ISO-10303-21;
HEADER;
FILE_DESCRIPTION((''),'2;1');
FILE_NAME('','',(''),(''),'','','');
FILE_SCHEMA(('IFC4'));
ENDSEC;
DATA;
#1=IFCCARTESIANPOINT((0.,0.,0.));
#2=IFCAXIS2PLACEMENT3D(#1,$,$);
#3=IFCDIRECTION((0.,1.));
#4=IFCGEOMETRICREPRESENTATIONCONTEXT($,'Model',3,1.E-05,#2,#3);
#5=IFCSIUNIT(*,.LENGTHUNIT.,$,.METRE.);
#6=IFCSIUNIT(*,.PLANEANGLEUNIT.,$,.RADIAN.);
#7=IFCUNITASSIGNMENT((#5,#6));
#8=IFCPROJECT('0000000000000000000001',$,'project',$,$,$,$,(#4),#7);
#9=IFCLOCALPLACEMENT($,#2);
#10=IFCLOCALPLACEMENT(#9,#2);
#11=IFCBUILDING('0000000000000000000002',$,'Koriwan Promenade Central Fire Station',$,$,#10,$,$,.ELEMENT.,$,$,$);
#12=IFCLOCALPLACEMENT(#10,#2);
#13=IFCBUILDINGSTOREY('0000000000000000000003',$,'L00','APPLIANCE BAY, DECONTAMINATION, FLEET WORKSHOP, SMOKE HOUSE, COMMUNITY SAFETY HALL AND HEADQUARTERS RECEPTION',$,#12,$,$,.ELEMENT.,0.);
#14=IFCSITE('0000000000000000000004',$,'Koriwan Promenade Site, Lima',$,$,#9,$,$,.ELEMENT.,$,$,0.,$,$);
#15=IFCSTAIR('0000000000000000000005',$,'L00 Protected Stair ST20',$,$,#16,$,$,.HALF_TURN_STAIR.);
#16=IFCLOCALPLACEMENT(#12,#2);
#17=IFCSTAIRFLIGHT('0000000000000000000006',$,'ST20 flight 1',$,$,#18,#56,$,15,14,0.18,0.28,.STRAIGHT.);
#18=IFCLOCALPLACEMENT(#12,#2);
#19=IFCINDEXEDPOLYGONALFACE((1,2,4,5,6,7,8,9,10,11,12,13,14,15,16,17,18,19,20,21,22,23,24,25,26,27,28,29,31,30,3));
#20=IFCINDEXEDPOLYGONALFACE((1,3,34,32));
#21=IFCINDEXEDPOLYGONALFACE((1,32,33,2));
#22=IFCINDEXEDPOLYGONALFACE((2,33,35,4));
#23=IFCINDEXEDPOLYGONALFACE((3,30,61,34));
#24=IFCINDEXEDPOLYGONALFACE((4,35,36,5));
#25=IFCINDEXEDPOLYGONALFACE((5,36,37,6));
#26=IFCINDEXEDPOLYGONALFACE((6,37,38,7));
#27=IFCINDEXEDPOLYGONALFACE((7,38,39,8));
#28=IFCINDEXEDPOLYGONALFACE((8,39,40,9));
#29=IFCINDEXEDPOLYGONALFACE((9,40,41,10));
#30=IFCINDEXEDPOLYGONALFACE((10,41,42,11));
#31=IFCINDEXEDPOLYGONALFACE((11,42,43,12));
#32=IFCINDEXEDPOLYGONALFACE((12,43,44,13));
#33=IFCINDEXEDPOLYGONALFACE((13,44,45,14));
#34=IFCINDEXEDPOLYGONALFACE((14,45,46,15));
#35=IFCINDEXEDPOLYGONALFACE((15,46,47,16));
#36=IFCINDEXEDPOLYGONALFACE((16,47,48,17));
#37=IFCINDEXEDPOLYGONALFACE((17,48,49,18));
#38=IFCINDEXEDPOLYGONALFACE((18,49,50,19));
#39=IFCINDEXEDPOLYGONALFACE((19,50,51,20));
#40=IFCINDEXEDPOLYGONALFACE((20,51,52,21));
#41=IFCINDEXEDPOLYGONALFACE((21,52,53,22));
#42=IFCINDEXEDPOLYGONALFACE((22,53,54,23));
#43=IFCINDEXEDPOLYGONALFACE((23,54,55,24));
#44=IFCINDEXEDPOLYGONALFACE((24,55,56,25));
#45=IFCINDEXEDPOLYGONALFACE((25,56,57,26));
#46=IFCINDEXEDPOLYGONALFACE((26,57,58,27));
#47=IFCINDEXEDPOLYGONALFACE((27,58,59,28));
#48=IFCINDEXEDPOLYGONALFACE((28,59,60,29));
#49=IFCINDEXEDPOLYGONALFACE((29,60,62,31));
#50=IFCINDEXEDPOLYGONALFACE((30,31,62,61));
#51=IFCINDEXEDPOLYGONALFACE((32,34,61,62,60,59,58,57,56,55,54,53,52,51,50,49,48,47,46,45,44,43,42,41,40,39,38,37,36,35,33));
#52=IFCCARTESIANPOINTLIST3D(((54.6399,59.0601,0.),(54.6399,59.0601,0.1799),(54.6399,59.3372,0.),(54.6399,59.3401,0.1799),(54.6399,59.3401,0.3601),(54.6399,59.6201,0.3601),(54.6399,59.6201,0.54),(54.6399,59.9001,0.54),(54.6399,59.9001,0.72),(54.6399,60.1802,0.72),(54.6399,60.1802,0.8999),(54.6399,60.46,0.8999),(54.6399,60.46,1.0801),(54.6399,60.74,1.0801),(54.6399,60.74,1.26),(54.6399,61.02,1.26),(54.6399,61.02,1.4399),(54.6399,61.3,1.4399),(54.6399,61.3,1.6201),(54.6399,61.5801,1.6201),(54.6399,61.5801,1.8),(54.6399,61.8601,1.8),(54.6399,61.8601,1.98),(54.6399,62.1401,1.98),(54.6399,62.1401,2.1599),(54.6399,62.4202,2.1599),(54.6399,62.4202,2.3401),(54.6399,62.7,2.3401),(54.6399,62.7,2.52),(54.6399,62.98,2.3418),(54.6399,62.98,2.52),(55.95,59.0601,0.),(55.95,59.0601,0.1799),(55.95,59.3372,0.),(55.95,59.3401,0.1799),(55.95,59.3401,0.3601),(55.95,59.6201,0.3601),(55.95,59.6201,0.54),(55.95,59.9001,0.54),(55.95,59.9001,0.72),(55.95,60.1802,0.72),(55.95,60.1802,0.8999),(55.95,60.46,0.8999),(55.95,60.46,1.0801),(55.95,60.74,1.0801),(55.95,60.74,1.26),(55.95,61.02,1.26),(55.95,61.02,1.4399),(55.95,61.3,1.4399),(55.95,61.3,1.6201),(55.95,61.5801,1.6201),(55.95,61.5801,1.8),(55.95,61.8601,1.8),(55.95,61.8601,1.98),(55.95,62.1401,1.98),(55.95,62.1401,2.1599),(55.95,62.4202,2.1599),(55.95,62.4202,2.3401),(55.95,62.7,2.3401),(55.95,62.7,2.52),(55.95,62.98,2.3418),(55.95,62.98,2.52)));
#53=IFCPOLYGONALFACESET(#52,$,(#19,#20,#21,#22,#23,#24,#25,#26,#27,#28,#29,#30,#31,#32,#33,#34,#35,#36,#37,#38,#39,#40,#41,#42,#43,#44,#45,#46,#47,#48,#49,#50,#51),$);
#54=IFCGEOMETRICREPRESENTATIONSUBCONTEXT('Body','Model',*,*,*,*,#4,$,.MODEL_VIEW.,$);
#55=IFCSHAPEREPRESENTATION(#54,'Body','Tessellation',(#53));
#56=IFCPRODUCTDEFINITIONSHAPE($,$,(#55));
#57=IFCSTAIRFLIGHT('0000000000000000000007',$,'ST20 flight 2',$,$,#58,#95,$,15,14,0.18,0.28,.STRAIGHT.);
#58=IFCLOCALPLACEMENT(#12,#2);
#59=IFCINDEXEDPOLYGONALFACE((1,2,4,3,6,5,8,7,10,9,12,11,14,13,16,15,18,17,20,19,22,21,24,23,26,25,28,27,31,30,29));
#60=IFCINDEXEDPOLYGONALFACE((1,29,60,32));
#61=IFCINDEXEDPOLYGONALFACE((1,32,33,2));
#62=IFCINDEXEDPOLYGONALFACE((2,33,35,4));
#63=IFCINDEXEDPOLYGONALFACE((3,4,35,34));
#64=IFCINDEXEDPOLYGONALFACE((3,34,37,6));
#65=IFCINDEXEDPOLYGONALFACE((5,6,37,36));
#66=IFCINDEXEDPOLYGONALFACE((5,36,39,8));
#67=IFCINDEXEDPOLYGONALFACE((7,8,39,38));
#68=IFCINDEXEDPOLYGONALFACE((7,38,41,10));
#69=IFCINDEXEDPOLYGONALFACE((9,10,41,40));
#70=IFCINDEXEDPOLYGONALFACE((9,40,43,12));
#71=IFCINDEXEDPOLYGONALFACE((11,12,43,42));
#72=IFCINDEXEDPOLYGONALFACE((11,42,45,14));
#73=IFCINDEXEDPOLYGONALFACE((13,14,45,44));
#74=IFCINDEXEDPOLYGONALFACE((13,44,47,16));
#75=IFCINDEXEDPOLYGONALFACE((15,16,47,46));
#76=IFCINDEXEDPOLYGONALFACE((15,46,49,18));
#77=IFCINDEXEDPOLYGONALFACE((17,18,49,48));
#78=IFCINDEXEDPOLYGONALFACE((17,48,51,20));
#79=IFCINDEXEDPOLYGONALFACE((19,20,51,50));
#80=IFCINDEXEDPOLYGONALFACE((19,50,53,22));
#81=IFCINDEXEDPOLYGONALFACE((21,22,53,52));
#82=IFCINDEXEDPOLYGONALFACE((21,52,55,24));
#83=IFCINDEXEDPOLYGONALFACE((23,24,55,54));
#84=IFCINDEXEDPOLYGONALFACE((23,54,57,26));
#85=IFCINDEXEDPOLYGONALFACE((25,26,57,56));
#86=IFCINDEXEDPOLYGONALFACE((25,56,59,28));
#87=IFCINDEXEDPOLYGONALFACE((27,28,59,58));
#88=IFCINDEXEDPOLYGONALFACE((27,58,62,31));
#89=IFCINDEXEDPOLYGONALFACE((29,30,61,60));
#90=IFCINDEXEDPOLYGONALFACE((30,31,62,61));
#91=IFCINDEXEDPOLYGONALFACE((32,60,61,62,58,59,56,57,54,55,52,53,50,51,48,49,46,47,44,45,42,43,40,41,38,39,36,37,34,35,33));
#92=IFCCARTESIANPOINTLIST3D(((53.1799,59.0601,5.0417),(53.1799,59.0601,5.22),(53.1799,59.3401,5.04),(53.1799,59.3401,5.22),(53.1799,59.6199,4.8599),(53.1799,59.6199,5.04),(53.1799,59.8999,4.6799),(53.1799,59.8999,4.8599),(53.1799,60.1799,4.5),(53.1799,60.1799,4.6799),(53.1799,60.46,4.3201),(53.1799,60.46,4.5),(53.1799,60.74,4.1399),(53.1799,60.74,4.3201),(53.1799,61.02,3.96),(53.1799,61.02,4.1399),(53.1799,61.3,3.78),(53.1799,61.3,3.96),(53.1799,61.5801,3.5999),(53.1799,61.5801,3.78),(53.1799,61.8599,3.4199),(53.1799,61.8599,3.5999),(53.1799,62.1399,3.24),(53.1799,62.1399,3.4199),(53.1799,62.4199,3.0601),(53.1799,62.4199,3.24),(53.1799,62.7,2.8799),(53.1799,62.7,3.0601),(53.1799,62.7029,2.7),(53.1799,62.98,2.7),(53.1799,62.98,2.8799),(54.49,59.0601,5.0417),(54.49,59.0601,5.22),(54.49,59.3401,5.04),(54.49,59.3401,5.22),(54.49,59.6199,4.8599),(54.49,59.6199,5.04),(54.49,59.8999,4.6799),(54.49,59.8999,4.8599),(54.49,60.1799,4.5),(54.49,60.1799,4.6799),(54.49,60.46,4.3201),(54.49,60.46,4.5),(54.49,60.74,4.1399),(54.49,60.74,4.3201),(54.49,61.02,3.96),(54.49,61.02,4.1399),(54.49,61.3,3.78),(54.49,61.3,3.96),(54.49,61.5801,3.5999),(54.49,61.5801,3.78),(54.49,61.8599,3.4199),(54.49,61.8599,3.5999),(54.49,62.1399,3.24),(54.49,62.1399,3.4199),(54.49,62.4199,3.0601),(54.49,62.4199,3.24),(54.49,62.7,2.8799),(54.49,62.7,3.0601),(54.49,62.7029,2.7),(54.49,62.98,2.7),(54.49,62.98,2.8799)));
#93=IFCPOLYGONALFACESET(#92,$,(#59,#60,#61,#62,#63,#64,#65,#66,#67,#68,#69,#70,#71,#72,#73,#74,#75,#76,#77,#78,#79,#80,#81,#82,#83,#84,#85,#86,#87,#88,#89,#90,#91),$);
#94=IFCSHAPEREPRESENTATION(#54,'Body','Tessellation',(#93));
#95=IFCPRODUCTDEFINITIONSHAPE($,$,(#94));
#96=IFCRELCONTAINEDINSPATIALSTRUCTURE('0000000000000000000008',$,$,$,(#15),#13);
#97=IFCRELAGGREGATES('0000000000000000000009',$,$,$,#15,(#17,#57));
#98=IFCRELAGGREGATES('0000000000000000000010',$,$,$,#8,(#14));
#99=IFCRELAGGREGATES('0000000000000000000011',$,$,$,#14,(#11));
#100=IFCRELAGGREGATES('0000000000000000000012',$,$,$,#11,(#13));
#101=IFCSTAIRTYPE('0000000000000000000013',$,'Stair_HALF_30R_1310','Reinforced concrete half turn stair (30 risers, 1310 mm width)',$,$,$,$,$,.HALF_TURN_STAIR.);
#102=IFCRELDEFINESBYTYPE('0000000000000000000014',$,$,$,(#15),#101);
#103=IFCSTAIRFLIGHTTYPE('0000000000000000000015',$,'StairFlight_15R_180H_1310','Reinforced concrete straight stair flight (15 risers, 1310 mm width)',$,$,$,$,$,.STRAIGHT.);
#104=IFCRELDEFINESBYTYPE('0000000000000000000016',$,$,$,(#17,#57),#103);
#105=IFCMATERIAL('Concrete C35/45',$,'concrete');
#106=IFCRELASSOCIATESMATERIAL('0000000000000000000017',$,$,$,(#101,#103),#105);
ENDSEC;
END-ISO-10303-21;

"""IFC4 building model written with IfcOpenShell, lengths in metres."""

from ifc_helpers import new_model, si_unit, direction, frame, origin, place, context, subcontext, project, spatial, polyline, outline, extrude, material, type_object, element, aggregate, save


model = new_model("IFC4")

# Units and contexts
model_context = context("Model", 3, precision=1e-05, world=origin(), true_north=direction((0.0, 1.0)))
body_context = subcontext(model_context, "Body", "Model", "MODEL_VIEW")
ifc_project = project(units=[si_unit("LENGTHUNIT", "METRE"), si_unit("PLANEANGLEUNIT", "RADIAN")], contexts=[model_context])

# Site, building, storey
site_placement = place(None, origin())
site = spatial("IfcSite", under=ifc_project, at=site_placement, Name="Koriwan Promenade Site, Lima", CompositionType="ELEMENT", RefElevation=0.0)
building_placement = place(site_placement, origin())
building = spatial("IfcBuilding", under=site, at=building_placement, Name="Koriwan Promenade Central Fire Station", CompositionType="ELEMENT")
storey_placement = place(building_placement, origin())
storey = spatial("IfcBuildingStorey", under=building, at=storey_placement, Name="L00", Description="APPLIANCE BAY, DECONTAMINATION, FLEET WORKSHOP, SMOKE HOUSE, COMMUNITY SAFETY HALL AND HEADQUARTERS RECEPTION", CompositionType="ELEMENT", Elevation=0.0)

# Shared definitions
ifc_material_1 = material(Name="Concrete C35/45", Category="concrete")

# Stair, stair flights
stair_type = type_object("IfcStairType", Name="Stair_HALF_30R_1310", Description="Reinforced concrete half turn stair (30 risers, 1310 mm width)", PredefinedType="HALF_TURN_STAIR", material=ifc_material_1)
stair_placement = place(storey_placement, origin())
stair = element("IfcStair", 1, at=stair_placement, inside=storey, type_object=stair_type, Name="L00 Protected Stair ST20", PredefinedType="HALF_TURN_STAIR")
stair_flight_type = type_object("IfcStairFlightType", Name="StairFlight_15R_180H_1310", Description="Reinforced concrete straight stair flight (15 risers, 1310 mm width)", PredefinedType="STRAIGHT", material=ifc_material_1)
stair_flight_1_placement = place(storey_placement, frame((55.2949, 59.0601, 0.0), z_axis=(0.0, 0.0, 1.0), x_axis=(0.0, 1.0, 0.0)))
stair_flight_1 = element("IfcStairFlight", 2, at=stair_flight_1_placement, type_object=stair_flight_type, Name="ST20 flight 1", NumberOfRisers=15, NumberOfTreads=14, PredefinedType="STRAIGHT", RiserHeight=0.18, TreadLength=0.28, context=body_context, shape_type="SweptSolid", body=[
    extrude(outline(polyline([(0.0, 0.0), (0.0, 0.1799), (0.28, 0.1799), (0.28, 0.3601), (0.5601, 0.3601), (0.5601, 0.54), (0.8401, 0.54), (0.8401, 0.72), (1.1201, 0.72), (1.1201, 0.8999), (1.3999, 0.8999), (1.3999, 1.0801), (1.6799, 1.0801), (1.6799, 1.26), (1.96, 1.26), (1.96, 1.4399), (2.24, 1.4399), (2.24, 1.6201), (2.52, 1.6201), (2.52, 1.8), (2.8, 1.8), (2.8, 1.98), (3.0801, 1.98), (3.0801, 2.1599), (3.3601, 2.1599), (3.3601, 2.3401), (3.6399, 2.3401), (3.6399, 2.52), (3.9199, 2.52), (3.9199, 2.7), (3.9199, 2.3418), (0.2771, 0.0), (0.0, 0.0)])), frame((0.0, 0.655, 0.0), z_axis=(0.0, -1.0, 0.0), x_axis=(1.0, 0.0, 0.0)), (0.0, 0.0, 1.0), 1.3101),
])
stair_flight_2_placement = place(storey_placement, frame((53.835, 62.98, 2.7), z_axis=(0.0, 0.0, 1.0), x_axis=(0.0, -1.0, 0.0)))
stair_flight_2 = element("IfcStairFlight", 3, at=stair_flight_2_placement, type_object=stair_flight_type, Name="ST20 flight 2", NumberOfRisers=15, NumberOfTreads=14, PredefinedType="STRAIGHT", RiserHeight=0.18, TreadLength=0.28, context=body_context, shape_type="SweptSolid", body=[
    extrude(outline(polyline([(0.0, 0.0), (0.0, 0.1799), (0.28, 0.1799), (0.28, 0.3601), (0.5601, 0.3601), (0.5601, 0.54), (0.8401, 0.54), (0.8401, 0.72), (1.1201, 0.72), (1.1201, 0.8999), (1.3999, 0.8999), (1.3999, 1.0801), (1.6799, 1.0801), (1.6799, 1.26), (1.96, 1.26), (1.96, 1.4399), (2.24, 1.4399), (2.24, 1.6201), (2.52, 1.6201), (2.52, 1.8), (2.8, 1.8), (2.8, 1.98), (3.0801, 1.98), (3.0801, 2.1599), (3.3601, 2.1599), (3.3601, 2.3401), (3.6399, 2.3401), (3.6399, 2.52), (3.9199, 2.52), (3.9199, 2.7), (3.9199, 2.3418), (0.2771, 0.0), (0.0, 0.0)])), frame((0.0, 0.655, 0.0), z_axis=(0.0, -1.0, 0.0), x_axis=(1.0, 0.0, 0.0)), (0.0, 0.0, 1.0), 1.3101),
])
aggregate(stair, [stair_flight_1, stair_flight_2])

save(model, "model.ifc")
